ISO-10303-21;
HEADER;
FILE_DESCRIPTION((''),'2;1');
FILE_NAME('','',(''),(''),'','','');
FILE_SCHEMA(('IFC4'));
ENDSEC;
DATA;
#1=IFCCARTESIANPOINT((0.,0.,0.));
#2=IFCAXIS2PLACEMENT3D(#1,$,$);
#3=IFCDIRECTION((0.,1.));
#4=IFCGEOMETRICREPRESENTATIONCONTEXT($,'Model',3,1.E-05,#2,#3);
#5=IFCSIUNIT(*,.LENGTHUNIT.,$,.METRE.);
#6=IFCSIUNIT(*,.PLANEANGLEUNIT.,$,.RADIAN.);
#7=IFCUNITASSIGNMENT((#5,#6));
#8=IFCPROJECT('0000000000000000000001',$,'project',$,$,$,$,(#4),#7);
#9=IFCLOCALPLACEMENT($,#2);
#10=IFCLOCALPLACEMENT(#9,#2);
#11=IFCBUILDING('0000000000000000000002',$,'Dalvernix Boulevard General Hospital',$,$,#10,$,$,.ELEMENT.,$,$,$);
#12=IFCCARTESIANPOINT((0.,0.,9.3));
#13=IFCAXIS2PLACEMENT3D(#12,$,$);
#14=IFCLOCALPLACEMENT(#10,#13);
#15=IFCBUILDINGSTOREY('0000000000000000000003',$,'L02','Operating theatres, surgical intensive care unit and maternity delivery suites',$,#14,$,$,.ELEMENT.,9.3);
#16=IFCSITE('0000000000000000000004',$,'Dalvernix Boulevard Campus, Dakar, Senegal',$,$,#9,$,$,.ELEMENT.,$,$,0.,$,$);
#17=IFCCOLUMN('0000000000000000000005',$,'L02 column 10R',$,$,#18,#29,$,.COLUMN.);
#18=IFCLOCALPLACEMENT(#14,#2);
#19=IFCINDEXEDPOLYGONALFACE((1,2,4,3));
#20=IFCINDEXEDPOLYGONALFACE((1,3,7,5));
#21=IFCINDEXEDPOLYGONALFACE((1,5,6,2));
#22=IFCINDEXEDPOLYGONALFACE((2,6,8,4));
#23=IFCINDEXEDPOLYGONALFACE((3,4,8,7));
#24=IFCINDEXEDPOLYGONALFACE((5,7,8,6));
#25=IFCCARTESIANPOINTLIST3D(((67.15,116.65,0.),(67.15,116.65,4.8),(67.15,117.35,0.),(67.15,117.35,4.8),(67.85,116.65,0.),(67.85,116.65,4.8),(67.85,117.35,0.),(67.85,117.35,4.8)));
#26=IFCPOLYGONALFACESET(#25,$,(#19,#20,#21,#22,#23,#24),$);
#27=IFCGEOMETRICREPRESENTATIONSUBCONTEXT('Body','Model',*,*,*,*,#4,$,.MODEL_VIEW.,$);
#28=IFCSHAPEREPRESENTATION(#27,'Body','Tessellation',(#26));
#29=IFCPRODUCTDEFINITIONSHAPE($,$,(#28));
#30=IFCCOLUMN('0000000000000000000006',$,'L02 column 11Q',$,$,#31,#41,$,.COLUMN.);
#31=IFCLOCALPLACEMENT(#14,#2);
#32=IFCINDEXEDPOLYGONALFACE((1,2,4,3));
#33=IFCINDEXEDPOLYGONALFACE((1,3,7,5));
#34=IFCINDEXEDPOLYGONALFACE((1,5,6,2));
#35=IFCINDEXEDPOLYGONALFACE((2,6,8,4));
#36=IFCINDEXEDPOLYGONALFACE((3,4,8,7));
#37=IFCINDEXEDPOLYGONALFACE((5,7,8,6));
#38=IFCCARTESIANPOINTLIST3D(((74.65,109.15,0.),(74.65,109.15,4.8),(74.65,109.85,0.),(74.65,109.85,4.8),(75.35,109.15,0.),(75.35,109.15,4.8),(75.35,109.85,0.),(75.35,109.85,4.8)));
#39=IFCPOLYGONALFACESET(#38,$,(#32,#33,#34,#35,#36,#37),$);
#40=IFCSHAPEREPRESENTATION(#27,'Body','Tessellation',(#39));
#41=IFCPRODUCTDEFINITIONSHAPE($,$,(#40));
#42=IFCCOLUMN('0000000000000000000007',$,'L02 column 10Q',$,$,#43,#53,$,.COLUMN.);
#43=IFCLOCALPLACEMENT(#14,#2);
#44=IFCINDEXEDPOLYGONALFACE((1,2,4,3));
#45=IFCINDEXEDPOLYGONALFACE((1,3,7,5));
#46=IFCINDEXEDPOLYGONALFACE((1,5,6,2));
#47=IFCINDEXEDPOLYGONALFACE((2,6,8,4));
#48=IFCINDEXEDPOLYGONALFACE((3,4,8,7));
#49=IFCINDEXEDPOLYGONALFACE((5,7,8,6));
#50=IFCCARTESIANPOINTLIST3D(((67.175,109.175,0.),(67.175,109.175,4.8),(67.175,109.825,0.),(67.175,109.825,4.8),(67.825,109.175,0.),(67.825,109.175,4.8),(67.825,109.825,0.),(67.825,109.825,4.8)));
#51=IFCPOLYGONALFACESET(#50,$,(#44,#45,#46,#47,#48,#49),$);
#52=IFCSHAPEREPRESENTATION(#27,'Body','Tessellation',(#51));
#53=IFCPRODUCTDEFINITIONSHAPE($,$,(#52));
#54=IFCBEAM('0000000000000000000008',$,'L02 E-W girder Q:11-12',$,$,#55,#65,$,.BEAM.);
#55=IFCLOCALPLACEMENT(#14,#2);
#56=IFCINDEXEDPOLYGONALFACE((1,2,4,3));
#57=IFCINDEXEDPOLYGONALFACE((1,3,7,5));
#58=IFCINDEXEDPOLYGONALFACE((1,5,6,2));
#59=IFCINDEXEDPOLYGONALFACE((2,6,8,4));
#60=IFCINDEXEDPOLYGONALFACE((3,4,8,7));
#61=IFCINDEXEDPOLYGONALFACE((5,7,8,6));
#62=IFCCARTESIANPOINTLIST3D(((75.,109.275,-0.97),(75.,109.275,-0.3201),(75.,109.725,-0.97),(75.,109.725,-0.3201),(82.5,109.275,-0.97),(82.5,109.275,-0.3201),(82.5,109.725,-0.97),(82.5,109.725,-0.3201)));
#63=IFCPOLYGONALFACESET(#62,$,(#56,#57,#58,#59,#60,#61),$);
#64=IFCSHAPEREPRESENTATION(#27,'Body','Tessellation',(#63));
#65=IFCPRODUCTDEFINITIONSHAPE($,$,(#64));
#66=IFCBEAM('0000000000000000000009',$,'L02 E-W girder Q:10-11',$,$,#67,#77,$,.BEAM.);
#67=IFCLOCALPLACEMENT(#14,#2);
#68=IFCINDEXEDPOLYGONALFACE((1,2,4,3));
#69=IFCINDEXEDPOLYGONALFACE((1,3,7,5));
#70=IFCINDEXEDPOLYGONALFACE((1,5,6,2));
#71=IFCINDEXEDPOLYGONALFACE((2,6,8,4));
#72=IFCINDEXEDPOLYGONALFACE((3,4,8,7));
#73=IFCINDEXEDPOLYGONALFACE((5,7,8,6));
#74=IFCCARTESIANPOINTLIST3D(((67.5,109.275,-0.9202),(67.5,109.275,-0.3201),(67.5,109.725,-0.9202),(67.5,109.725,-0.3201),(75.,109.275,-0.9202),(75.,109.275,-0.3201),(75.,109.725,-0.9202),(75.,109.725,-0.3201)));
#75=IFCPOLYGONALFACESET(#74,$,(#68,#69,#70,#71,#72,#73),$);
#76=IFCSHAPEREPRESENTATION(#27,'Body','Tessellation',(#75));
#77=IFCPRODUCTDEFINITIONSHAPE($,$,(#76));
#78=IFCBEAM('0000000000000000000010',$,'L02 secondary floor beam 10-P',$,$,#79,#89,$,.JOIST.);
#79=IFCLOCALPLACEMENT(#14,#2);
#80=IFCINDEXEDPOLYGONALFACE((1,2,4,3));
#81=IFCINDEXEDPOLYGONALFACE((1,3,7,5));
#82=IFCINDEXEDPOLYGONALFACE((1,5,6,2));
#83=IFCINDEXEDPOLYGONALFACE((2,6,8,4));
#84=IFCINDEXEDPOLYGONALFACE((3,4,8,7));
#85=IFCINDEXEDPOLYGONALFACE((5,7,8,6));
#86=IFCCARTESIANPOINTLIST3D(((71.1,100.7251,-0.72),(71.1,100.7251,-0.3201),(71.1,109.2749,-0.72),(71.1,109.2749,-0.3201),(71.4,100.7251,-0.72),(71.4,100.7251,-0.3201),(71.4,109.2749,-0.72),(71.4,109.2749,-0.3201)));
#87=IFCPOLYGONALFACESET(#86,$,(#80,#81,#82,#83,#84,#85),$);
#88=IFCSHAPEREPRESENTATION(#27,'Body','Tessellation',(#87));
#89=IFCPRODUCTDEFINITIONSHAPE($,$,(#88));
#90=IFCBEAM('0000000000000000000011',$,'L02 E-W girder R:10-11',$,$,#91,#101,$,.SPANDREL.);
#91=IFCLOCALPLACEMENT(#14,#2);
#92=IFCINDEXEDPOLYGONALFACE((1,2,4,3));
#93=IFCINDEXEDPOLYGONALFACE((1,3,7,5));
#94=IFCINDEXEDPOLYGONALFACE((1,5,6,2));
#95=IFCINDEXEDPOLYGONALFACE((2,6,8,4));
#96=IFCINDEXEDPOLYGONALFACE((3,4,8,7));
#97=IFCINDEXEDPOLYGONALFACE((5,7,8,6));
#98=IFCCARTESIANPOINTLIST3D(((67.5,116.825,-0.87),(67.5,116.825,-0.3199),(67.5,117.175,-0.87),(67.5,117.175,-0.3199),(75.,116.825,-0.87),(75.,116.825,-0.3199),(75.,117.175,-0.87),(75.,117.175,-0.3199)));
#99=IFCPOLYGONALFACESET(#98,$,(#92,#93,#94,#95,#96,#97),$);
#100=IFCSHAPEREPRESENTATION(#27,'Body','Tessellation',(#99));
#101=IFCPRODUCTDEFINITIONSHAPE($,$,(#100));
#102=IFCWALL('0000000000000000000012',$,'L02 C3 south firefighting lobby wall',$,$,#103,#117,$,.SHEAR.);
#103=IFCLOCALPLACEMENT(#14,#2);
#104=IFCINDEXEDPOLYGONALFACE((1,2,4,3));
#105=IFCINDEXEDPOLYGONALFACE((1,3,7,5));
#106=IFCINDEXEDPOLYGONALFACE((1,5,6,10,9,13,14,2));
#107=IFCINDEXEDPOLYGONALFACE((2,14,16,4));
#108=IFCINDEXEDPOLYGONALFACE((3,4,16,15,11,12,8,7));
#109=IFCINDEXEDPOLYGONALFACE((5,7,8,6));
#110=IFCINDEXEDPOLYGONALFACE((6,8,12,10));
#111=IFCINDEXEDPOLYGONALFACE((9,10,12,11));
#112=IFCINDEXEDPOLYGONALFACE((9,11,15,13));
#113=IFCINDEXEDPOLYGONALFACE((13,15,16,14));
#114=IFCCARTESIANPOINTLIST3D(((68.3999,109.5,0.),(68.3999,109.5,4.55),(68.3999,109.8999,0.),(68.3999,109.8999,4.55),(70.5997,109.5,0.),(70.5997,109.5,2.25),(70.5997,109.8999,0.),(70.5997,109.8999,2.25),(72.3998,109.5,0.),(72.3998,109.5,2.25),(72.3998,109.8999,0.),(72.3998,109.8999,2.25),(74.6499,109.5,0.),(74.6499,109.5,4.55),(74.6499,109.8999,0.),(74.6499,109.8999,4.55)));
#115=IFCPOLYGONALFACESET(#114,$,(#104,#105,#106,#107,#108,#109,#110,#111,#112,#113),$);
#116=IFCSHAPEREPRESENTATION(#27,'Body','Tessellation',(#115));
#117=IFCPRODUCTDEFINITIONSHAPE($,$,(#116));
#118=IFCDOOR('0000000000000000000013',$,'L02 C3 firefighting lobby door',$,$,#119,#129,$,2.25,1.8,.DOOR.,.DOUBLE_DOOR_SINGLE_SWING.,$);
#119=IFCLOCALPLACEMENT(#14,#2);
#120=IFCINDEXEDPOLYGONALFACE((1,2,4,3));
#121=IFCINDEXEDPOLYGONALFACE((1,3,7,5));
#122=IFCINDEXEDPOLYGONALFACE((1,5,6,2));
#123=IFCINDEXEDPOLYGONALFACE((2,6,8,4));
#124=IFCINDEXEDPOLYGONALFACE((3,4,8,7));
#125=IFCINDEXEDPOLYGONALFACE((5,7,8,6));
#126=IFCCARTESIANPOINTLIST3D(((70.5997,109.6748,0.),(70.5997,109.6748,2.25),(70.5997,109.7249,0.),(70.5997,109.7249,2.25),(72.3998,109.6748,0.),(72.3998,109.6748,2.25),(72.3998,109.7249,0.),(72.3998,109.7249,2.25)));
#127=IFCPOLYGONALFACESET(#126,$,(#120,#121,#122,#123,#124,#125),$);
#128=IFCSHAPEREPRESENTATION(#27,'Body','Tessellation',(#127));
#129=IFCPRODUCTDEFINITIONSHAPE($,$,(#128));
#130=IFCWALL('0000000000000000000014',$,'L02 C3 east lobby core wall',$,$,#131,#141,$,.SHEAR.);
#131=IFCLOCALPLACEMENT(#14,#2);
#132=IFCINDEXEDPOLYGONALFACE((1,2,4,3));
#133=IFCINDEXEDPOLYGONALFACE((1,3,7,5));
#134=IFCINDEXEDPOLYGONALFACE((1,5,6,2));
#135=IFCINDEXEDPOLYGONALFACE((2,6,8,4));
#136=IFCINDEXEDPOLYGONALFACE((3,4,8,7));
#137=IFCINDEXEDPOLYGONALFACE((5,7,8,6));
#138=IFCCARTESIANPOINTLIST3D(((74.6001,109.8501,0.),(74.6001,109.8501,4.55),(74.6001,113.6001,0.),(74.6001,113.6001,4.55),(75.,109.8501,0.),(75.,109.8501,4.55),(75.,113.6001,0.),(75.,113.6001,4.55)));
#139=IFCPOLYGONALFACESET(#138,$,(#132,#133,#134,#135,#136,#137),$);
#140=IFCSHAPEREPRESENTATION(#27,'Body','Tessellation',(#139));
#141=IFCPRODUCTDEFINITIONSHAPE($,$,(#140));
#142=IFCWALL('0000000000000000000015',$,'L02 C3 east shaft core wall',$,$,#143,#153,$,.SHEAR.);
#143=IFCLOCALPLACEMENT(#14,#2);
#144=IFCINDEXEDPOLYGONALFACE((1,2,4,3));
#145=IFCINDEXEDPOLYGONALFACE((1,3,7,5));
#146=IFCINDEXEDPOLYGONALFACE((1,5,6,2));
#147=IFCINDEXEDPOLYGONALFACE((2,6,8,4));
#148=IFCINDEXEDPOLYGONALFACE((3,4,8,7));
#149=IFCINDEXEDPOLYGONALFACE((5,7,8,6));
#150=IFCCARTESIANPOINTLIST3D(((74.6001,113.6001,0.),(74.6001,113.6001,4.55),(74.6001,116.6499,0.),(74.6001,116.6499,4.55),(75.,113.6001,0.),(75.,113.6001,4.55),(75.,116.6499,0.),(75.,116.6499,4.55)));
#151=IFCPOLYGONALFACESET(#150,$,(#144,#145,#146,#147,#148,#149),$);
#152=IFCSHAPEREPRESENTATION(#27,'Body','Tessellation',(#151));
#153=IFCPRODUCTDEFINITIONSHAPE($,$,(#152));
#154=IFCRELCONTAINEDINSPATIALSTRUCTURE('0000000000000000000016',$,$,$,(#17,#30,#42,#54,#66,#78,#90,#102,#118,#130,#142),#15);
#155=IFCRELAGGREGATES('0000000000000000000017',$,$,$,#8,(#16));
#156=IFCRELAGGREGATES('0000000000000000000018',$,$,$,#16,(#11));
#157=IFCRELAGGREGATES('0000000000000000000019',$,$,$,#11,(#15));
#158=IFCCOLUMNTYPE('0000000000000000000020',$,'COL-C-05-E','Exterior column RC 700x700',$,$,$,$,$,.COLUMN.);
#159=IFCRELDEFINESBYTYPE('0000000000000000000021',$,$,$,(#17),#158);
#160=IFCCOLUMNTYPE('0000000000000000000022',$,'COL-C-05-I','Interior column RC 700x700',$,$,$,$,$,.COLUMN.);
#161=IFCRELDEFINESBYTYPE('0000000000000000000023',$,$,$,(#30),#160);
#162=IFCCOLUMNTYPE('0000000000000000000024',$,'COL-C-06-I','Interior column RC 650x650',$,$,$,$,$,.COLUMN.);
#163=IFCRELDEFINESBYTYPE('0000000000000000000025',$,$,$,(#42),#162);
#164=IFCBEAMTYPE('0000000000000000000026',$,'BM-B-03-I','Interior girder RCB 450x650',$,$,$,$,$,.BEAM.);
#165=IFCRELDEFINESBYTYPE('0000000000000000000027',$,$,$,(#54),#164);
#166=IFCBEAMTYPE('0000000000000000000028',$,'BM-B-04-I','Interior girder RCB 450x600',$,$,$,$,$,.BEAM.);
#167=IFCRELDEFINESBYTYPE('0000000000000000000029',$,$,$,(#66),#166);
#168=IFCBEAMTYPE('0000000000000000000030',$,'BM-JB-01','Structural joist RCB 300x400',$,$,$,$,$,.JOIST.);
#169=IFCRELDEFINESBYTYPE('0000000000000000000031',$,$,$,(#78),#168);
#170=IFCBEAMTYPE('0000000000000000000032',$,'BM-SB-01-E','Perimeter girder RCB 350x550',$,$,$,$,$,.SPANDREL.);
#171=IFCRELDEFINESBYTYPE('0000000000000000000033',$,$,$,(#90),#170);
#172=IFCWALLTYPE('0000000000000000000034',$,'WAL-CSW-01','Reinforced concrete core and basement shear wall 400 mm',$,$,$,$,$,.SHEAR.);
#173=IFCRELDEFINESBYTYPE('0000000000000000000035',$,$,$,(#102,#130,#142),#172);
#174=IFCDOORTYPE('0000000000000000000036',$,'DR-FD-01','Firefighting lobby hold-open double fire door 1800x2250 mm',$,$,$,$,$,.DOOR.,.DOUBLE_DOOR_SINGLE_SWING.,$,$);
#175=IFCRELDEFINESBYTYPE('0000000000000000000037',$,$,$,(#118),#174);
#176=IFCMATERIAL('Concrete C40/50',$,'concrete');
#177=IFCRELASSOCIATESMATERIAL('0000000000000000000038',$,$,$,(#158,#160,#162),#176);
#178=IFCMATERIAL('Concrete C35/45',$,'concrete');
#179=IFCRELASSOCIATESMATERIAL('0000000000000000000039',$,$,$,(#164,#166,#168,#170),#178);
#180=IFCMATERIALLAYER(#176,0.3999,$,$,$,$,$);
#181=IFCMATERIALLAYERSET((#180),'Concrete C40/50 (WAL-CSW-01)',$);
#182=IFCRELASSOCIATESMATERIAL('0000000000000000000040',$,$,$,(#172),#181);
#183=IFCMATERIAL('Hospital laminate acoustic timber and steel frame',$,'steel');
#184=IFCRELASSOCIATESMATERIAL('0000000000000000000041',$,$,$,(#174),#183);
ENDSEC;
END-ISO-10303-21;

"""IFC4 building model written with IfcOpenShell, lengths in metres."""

from ifc_helpers import new_model, si_unit, direction, frame, frame_2d, origin, origin_2d, place, context, subcontext, project, spatial, rectangle, extrude, material, layer, layer_set, material_profile, profile_set, type_object, element, fill, save


model = new_model("IFC4")

# Units and contexts
model_context = context("Model", 3, precision=1e-05, world=origin(), true_north=direction((0.0, 1.0)))
body_context = subcontext(model_context, "Body", "Model", "MODEL_VIEW")
ifc_project = project(units=[si_unit("LENGTHUNIT", "METRE"), si_unit("PLANEANGLEUNIT", "RADIAN")], contexts=[model_context])

# Site, building, storey
site_placement = place(None, origin())
site = spatial("IfcSite", under=ifc_project, at=site_placement, Name="Dalvernix Boulevard Campus, Dakar, Senegal", CompositionType="ELEMENT", RefElevation=0.0)
building_placement = place(site_placement, origin())
building = spatial("IfcBuilding", under=site, at=building_placement, Name="Dalvernix Boulevard General Hospital", CompositionType="ELEMENT")
storey_placement = place(building_placement, frame((0.0, 0.0, 9.3)))
storey = spatial("IfcBuildingStorey", under=building, at=storey_placement, Name="L02", Description="Operating theatres, surgical intensive care unit and maternity delivery suites", CompositionType="ELEMENT", Elevation=9.3)

# Columns
ifc_material_1 = material(Name="Concrete C40/50", Category="concrete")
ifc_material_profile_1 = material_profile(ifc_material_1, rectangle(XDim=0.7, YDim=0.7, at=origin_2d()), Name="RC 700x700")
ifc_profile_set_1 = profile_set([ifc_material_profile_1], Name="Concrete C40/50")
column_type_1 = type_object("IfcColumnType", Name="COL-C-05-E", Description="Exterior column RC 700x700", PredefinedType="COLUMN", material=ifc_profile_set_1)
column_1_placement = place(storey_placement, frame((67.5, 117.0, 0.0), z_axis=(0.0, 0.0, 1.0), x_axis=(1.0, 0.0, 0.0)))
element("IfcColumn", 1, at=column_1_placement, inside=storey, type_object=column_type_1, Name="L02 column 10R", PredefinedType="COLUMN", context=body_context, shape_type="SweptSolid", body=[
    extrude(rectangle(XDim=0.7, YDim=0.7, at=origin_2d()), origin(), (0.0, 0.0, 1.0), 4.8),
])
ifc_material_profile_2 = material_profile(ifc_material_1, rectangle(XDim=0.7, YDim=0.7, at=origin_2d()), Name="RC 700x700")
ifc_profile_set_2 = profile_set([ifc_material_profile_2], Name="Concrete C40/50")
column_type_2 = type_object("IfcColumnType", Name="COL-C-05-I", Description="Interior column RC 700x700", PredefinedType="COLUMN", material=ifc_profile_set_2)
column_2_placement = place(storey_placement, frame((75.0, 109.5, 0.0), z_axis=(0.0, 0.0, 1.0), x_axis=(1.0, 0.0, 0.0)))
element("IfcColumn", 2, at=column_2_placement, inside=storey, type_object=column_type_2, Name="L02 column 11Q", PredefinedType="COLUMN", context=body_context, shape_type="SweptSolid", body=[
    extrude(rectangle(XDim=0.7, YDim=0.7, at=origin_2d()), origin(), (0.0, 0.0, 1.0), 4.8),
])
ifc_material_profile_3 = material_profile(ifc_material_1, rectangle(XDim=0.6499, YDim=0.6499, at=origin_2d()), Name="RC 650x650")
ifc_profile_set_3 = profile_set([ifc_material_profile_3], Name="Concrete C40/50")
column_type_3 = type_object("IfcColumnType", Name="COL-C-06-I", Description="Interior column RC 650x650", PredefinedType="COLUMN", material=ifc_profile_set_3)
column_3_placement = place(storey_placement, frame((67.5, 109.5, 0.0), z_axis=(0.0, 0.0, 1.0), x_axis=(1.0, 0.0, 0.0)))
element("IfcColumn", 3, at=column_3_placement, inside=storey, type_object=column_type_3, Name="L02 column 10Q", PredefinedType="COLUMN", context=body_context, shape_type="SweptSolid", body=[
    extrude(rectangle(XDim=0.6499, YDim=0.6499, at=origin_2d()), origin(), (0.0, 0.0, 1.0), 4.8),
])

# Beams
ifc_material_2 = material(Name="Concrete C35/45", Category="concrete")
ifc_material_profile_4 = material_profile(ifc_material_2, rectangle(XDim=0.45, YDim=0.6499, at=origin_2d()), Name="RCB 450x650")
ifc_profile_set_4 = profile_set([ifc_material_profile_4], Name="Concrete C35/45")
beam_type_1 = type_object("IfcBeamType", Name="BM-B-03-I", Description="Interior girder RCB 450x650", PredefinedType="BEAM", material=ifc_profile_set_4)
beam_1_placement = place(storey_placement, frame((75.0, 109.5, -0.645), z_axis=(1.0, 0.0, 0.0), x_axis=(0.0, 1.0, 0.0)))
element("IfcBeam", 4, at=beam_1_placement, inside=storey, type_object=beam_type_1, Name="L02 E-W girder Q:11-12", PredefinedType="BEAM", context=body_context, shape_type="SweptSolid", body=[
    extrude(rectangle(XDim=0.45, YDim=0.6499, at=origin_2d()), origin(), (0.0, 0.0, 1.0), 7.5),
])
ifc_material_profile_5 = material_profile(ifc_material_2, rectangle(XDim=0.45, YDim=0.6001, at=origin_2d()), Name="RCB 450x600")
ifc_profile_set_5 = profile_set([ifc_material_profile_5], Name="Concrete C35/45")
beam_type_2 = type_object("IfcBeamType", Name="BM-B-04-I", Description="Interior girder RCB 450x600", PredefinedType="BEAM", material=ifc_profile_set_5)
beam_2_placement = place(storey_placement, frame((67.5, 109.5, -0.6201), z_axis=(1.0, 0.0, 0.0), x_axis=(0.0, 1.0, 0.0)))
element("IfcBeam", 5, at=beam_2_placement, inside=storey, type_object=beam_type_2, Name="L02 E-W girder Q:10-11", PredefinedType="BEAM", context=body_context, shape_type="SweptSolid", body=[
    extrude(rectangle(XDim=0.45, YDim=0.6001, at=origin_2d()), origin(), (0.0, 0.0, 1.0), 7.5),
])
ifc_material_profile_6 = material_profile(ifc_material_2, rectangle(XDim=0.3, YDim=0.3999, at=origin_2d()), Name="RCB 300x400")
ifc_profile_set_6 = profile_set([ifc_material_profile_6], Name="Concrete C35/45")
beam_type_3 = type_object("IfcBeamType", Name="BM-JB-01", Description="Structural joist RCB 300x400", PredefinedType="JOIST", material=ifc_profile_set_6)
beam_3_placement = place(storey_placement, frame((71.25, 100.7251, -0.52), z_axis=(0.0, 1.0, 0.0), x_axis=(-1.0, 0.0, 0.0)))
element("IfcBeam", 6, at=beam_3_placement, inside=storey, type_object=beam_type_3, Name="L02 secondary floor beam 10-P", PredefinedType="JOIST", context=body_context, shape_type="SweptSolid", body=[
    extrude(rectangle(XDim=0.3, YDim=0.3999, at=origin_2d()), origin(), (0.0, 0.0, 1.0), 8.5498),
])
ifc_material_profile_7 = material_profile(ifc_material_2, rectangle(XDim=0.3501, YDim=0.55, at=origin_2d()), Name="RCB 350x550")
ifc_profile_set_7 = profile_set([ifc_material_profile_7], Name="Concrete C35/45")
beam_type_4 = type_object("IfcBeamType", Name="BM-SB-01-E", Description="Perimeter girder RCB 350x550", PredefinedType="SPANDREL", material=ifc_profile_set_7)
beam_4_placement = place(storey_placement, frame((67.5, 117.0, -0.595), z_axis=(1.0, 0.0, 0.0), x_axis=(0.0, 1.0, 0.0)))
element("IfcBeam", 7, at=beam_4_placement, inside=storey, type_object=beam_type_4, Name="L02 E-W girder R:10-11", PredefinedType="SPANDREL", context=body_context, shape_type="SweptSolid", body=[
    extrude(rectangle(XDim=0.3501, YDim=0.55, at=origin_2d()), origin(), (0.0, 0.0, 1.0), 7.5),
])

# Wall, opening, door
ifc_layer_1 = layer(ifc_material_1, 0.3999)
ifc_layer_set_1 = layer_set([ifc_layer_1], Name="Concrete C40/50 (WAL-CSW-01)")
wall_type_1 = type_object("IfcWallType", Name="WAL-CSW-01", Description="Reinforced concrete core and basement shear wall 400 mm", PredefinedType="SHEAR", material=ifc_layer_set_1)
wall_1_placement = place(storey_placement, frame((68.3999, 109.7, 0.0), z_axis=(0.0, 0.0, 1.0), x_axis=(1.0, 0.0, 0.0)))
wall_1 = element("IfcWall", 8, at=wall_1_placement, inside=storey, type_object=wall_type_1, Name="L02 C3 south firefighting lobby wall", PredefinedType="SHEAR", context=body_context, shape_type="SweptSolid", body=[
    extrude(rectangle(XDim=6.25, YDim=0.3999, at=frame_2d((3.125, 0.0))), origin(), (0.0, 0.0, 1.0), 4.55),
])
opening_1_placement = place(wall_1_placement, frame((2.2, 0.0, 0.0)))
opening_1 = element("IfcOpeningElement", 9, at=opening_1_placement, cuts=wall_1, PredefinedType="OPENING", context=body_context, shape_type="SweptSolid", body=[
    extrude(rectangle(XDim=1.8, YDim=2.25, at=frame_2d((0.8999, 1.125))), frame((0.0, 0.21, 0.0), z_axis=(0.0, -1.0, 0.0), x_axis=(1.0, 0.0, 0.0)), (0.0, 0.0, 1.0), 0.4199),
])
ifc_material_3 = material(Name="Hospital laminate acoustic timber and steel frame", Category="steel")
door_type_1 = type_object("IfcDoorType", Name="DR-FD-01", Description="Firefighting lobby hold-open double fire door 1800x2250 mm", OperationType="DOUBLE_DOOR_SINGLE_SWING", PredefinedType="DOOR", material=ifc_material_3)
door_1_placement = place(opening_1_placement, origin())
door_1 = element("IfcDoor", 10, at=door_1_placement, inside=storey, type_object=door_type_1, Name="L02 C3 firefighting lobby door", OperationType="DOUBLE_DOOR_SINGLE_SWING", OverallHeight=2.25, OverallWidth=1.8, PredefinedType="DOOR", context=body_context, shape_type="SweptSolid", body=[
    extrude(rectangle(XDim=1.8, YDim=2.25, at=frame_2d((0.8999, 1.125))), frame((0.0, 0.0249, 0.0), z_axis=(0.0, -1.0, 0.0), x_axis=(1.0, 0.0, 0.0)), (0.0, 0.0, 1.0), 0.05),
])
fill(opening_1, door_1)

# Walls
wall_2_placement = place(storey_placement, frame((74.8, 109.8501, 0.0), z_axis=(0.0, 0.0, 1.0), x_axis=(0.0, 1.0, 0.0)))
element("IfcWall", 11, at=wall_2_placement, inside=storey, type_object=wall_type_1, Name="L02 C3 east lobby core wall", PredefinedType="SHEAR", context=body_context, shape_type="SweptSolid", body=[
    extrude(rectangle(XDim=3.75, YDim=0.3999, at=frame_2d((1.875, 0.0))), origin(), (0.0, 0.0, 1.0), 4.55),
])
wall_3_placement = place(storey_placement, frame((74.8, 113.6001, 0.0), z_axis=(0.0, 0.0, 1.0), x_axis=(0.0, 1.0, 0.0)))
element("IfcWall", 12, at=wall_3_placement, inside=storey, type_object=wall_type_1, Name="L02 C3 east shaft core wall", PredefinedType="SHEAR", context=body_context, shape_type="SweptSolid", body=[
    extrude(rectangle(XDim=3.0498, YDim=0.3999, at=frame_2d((1.5249, 0.0))), origin(), (0.0, 0.0, 1.0), 4.55),
])

save(model, "model.ifc")
